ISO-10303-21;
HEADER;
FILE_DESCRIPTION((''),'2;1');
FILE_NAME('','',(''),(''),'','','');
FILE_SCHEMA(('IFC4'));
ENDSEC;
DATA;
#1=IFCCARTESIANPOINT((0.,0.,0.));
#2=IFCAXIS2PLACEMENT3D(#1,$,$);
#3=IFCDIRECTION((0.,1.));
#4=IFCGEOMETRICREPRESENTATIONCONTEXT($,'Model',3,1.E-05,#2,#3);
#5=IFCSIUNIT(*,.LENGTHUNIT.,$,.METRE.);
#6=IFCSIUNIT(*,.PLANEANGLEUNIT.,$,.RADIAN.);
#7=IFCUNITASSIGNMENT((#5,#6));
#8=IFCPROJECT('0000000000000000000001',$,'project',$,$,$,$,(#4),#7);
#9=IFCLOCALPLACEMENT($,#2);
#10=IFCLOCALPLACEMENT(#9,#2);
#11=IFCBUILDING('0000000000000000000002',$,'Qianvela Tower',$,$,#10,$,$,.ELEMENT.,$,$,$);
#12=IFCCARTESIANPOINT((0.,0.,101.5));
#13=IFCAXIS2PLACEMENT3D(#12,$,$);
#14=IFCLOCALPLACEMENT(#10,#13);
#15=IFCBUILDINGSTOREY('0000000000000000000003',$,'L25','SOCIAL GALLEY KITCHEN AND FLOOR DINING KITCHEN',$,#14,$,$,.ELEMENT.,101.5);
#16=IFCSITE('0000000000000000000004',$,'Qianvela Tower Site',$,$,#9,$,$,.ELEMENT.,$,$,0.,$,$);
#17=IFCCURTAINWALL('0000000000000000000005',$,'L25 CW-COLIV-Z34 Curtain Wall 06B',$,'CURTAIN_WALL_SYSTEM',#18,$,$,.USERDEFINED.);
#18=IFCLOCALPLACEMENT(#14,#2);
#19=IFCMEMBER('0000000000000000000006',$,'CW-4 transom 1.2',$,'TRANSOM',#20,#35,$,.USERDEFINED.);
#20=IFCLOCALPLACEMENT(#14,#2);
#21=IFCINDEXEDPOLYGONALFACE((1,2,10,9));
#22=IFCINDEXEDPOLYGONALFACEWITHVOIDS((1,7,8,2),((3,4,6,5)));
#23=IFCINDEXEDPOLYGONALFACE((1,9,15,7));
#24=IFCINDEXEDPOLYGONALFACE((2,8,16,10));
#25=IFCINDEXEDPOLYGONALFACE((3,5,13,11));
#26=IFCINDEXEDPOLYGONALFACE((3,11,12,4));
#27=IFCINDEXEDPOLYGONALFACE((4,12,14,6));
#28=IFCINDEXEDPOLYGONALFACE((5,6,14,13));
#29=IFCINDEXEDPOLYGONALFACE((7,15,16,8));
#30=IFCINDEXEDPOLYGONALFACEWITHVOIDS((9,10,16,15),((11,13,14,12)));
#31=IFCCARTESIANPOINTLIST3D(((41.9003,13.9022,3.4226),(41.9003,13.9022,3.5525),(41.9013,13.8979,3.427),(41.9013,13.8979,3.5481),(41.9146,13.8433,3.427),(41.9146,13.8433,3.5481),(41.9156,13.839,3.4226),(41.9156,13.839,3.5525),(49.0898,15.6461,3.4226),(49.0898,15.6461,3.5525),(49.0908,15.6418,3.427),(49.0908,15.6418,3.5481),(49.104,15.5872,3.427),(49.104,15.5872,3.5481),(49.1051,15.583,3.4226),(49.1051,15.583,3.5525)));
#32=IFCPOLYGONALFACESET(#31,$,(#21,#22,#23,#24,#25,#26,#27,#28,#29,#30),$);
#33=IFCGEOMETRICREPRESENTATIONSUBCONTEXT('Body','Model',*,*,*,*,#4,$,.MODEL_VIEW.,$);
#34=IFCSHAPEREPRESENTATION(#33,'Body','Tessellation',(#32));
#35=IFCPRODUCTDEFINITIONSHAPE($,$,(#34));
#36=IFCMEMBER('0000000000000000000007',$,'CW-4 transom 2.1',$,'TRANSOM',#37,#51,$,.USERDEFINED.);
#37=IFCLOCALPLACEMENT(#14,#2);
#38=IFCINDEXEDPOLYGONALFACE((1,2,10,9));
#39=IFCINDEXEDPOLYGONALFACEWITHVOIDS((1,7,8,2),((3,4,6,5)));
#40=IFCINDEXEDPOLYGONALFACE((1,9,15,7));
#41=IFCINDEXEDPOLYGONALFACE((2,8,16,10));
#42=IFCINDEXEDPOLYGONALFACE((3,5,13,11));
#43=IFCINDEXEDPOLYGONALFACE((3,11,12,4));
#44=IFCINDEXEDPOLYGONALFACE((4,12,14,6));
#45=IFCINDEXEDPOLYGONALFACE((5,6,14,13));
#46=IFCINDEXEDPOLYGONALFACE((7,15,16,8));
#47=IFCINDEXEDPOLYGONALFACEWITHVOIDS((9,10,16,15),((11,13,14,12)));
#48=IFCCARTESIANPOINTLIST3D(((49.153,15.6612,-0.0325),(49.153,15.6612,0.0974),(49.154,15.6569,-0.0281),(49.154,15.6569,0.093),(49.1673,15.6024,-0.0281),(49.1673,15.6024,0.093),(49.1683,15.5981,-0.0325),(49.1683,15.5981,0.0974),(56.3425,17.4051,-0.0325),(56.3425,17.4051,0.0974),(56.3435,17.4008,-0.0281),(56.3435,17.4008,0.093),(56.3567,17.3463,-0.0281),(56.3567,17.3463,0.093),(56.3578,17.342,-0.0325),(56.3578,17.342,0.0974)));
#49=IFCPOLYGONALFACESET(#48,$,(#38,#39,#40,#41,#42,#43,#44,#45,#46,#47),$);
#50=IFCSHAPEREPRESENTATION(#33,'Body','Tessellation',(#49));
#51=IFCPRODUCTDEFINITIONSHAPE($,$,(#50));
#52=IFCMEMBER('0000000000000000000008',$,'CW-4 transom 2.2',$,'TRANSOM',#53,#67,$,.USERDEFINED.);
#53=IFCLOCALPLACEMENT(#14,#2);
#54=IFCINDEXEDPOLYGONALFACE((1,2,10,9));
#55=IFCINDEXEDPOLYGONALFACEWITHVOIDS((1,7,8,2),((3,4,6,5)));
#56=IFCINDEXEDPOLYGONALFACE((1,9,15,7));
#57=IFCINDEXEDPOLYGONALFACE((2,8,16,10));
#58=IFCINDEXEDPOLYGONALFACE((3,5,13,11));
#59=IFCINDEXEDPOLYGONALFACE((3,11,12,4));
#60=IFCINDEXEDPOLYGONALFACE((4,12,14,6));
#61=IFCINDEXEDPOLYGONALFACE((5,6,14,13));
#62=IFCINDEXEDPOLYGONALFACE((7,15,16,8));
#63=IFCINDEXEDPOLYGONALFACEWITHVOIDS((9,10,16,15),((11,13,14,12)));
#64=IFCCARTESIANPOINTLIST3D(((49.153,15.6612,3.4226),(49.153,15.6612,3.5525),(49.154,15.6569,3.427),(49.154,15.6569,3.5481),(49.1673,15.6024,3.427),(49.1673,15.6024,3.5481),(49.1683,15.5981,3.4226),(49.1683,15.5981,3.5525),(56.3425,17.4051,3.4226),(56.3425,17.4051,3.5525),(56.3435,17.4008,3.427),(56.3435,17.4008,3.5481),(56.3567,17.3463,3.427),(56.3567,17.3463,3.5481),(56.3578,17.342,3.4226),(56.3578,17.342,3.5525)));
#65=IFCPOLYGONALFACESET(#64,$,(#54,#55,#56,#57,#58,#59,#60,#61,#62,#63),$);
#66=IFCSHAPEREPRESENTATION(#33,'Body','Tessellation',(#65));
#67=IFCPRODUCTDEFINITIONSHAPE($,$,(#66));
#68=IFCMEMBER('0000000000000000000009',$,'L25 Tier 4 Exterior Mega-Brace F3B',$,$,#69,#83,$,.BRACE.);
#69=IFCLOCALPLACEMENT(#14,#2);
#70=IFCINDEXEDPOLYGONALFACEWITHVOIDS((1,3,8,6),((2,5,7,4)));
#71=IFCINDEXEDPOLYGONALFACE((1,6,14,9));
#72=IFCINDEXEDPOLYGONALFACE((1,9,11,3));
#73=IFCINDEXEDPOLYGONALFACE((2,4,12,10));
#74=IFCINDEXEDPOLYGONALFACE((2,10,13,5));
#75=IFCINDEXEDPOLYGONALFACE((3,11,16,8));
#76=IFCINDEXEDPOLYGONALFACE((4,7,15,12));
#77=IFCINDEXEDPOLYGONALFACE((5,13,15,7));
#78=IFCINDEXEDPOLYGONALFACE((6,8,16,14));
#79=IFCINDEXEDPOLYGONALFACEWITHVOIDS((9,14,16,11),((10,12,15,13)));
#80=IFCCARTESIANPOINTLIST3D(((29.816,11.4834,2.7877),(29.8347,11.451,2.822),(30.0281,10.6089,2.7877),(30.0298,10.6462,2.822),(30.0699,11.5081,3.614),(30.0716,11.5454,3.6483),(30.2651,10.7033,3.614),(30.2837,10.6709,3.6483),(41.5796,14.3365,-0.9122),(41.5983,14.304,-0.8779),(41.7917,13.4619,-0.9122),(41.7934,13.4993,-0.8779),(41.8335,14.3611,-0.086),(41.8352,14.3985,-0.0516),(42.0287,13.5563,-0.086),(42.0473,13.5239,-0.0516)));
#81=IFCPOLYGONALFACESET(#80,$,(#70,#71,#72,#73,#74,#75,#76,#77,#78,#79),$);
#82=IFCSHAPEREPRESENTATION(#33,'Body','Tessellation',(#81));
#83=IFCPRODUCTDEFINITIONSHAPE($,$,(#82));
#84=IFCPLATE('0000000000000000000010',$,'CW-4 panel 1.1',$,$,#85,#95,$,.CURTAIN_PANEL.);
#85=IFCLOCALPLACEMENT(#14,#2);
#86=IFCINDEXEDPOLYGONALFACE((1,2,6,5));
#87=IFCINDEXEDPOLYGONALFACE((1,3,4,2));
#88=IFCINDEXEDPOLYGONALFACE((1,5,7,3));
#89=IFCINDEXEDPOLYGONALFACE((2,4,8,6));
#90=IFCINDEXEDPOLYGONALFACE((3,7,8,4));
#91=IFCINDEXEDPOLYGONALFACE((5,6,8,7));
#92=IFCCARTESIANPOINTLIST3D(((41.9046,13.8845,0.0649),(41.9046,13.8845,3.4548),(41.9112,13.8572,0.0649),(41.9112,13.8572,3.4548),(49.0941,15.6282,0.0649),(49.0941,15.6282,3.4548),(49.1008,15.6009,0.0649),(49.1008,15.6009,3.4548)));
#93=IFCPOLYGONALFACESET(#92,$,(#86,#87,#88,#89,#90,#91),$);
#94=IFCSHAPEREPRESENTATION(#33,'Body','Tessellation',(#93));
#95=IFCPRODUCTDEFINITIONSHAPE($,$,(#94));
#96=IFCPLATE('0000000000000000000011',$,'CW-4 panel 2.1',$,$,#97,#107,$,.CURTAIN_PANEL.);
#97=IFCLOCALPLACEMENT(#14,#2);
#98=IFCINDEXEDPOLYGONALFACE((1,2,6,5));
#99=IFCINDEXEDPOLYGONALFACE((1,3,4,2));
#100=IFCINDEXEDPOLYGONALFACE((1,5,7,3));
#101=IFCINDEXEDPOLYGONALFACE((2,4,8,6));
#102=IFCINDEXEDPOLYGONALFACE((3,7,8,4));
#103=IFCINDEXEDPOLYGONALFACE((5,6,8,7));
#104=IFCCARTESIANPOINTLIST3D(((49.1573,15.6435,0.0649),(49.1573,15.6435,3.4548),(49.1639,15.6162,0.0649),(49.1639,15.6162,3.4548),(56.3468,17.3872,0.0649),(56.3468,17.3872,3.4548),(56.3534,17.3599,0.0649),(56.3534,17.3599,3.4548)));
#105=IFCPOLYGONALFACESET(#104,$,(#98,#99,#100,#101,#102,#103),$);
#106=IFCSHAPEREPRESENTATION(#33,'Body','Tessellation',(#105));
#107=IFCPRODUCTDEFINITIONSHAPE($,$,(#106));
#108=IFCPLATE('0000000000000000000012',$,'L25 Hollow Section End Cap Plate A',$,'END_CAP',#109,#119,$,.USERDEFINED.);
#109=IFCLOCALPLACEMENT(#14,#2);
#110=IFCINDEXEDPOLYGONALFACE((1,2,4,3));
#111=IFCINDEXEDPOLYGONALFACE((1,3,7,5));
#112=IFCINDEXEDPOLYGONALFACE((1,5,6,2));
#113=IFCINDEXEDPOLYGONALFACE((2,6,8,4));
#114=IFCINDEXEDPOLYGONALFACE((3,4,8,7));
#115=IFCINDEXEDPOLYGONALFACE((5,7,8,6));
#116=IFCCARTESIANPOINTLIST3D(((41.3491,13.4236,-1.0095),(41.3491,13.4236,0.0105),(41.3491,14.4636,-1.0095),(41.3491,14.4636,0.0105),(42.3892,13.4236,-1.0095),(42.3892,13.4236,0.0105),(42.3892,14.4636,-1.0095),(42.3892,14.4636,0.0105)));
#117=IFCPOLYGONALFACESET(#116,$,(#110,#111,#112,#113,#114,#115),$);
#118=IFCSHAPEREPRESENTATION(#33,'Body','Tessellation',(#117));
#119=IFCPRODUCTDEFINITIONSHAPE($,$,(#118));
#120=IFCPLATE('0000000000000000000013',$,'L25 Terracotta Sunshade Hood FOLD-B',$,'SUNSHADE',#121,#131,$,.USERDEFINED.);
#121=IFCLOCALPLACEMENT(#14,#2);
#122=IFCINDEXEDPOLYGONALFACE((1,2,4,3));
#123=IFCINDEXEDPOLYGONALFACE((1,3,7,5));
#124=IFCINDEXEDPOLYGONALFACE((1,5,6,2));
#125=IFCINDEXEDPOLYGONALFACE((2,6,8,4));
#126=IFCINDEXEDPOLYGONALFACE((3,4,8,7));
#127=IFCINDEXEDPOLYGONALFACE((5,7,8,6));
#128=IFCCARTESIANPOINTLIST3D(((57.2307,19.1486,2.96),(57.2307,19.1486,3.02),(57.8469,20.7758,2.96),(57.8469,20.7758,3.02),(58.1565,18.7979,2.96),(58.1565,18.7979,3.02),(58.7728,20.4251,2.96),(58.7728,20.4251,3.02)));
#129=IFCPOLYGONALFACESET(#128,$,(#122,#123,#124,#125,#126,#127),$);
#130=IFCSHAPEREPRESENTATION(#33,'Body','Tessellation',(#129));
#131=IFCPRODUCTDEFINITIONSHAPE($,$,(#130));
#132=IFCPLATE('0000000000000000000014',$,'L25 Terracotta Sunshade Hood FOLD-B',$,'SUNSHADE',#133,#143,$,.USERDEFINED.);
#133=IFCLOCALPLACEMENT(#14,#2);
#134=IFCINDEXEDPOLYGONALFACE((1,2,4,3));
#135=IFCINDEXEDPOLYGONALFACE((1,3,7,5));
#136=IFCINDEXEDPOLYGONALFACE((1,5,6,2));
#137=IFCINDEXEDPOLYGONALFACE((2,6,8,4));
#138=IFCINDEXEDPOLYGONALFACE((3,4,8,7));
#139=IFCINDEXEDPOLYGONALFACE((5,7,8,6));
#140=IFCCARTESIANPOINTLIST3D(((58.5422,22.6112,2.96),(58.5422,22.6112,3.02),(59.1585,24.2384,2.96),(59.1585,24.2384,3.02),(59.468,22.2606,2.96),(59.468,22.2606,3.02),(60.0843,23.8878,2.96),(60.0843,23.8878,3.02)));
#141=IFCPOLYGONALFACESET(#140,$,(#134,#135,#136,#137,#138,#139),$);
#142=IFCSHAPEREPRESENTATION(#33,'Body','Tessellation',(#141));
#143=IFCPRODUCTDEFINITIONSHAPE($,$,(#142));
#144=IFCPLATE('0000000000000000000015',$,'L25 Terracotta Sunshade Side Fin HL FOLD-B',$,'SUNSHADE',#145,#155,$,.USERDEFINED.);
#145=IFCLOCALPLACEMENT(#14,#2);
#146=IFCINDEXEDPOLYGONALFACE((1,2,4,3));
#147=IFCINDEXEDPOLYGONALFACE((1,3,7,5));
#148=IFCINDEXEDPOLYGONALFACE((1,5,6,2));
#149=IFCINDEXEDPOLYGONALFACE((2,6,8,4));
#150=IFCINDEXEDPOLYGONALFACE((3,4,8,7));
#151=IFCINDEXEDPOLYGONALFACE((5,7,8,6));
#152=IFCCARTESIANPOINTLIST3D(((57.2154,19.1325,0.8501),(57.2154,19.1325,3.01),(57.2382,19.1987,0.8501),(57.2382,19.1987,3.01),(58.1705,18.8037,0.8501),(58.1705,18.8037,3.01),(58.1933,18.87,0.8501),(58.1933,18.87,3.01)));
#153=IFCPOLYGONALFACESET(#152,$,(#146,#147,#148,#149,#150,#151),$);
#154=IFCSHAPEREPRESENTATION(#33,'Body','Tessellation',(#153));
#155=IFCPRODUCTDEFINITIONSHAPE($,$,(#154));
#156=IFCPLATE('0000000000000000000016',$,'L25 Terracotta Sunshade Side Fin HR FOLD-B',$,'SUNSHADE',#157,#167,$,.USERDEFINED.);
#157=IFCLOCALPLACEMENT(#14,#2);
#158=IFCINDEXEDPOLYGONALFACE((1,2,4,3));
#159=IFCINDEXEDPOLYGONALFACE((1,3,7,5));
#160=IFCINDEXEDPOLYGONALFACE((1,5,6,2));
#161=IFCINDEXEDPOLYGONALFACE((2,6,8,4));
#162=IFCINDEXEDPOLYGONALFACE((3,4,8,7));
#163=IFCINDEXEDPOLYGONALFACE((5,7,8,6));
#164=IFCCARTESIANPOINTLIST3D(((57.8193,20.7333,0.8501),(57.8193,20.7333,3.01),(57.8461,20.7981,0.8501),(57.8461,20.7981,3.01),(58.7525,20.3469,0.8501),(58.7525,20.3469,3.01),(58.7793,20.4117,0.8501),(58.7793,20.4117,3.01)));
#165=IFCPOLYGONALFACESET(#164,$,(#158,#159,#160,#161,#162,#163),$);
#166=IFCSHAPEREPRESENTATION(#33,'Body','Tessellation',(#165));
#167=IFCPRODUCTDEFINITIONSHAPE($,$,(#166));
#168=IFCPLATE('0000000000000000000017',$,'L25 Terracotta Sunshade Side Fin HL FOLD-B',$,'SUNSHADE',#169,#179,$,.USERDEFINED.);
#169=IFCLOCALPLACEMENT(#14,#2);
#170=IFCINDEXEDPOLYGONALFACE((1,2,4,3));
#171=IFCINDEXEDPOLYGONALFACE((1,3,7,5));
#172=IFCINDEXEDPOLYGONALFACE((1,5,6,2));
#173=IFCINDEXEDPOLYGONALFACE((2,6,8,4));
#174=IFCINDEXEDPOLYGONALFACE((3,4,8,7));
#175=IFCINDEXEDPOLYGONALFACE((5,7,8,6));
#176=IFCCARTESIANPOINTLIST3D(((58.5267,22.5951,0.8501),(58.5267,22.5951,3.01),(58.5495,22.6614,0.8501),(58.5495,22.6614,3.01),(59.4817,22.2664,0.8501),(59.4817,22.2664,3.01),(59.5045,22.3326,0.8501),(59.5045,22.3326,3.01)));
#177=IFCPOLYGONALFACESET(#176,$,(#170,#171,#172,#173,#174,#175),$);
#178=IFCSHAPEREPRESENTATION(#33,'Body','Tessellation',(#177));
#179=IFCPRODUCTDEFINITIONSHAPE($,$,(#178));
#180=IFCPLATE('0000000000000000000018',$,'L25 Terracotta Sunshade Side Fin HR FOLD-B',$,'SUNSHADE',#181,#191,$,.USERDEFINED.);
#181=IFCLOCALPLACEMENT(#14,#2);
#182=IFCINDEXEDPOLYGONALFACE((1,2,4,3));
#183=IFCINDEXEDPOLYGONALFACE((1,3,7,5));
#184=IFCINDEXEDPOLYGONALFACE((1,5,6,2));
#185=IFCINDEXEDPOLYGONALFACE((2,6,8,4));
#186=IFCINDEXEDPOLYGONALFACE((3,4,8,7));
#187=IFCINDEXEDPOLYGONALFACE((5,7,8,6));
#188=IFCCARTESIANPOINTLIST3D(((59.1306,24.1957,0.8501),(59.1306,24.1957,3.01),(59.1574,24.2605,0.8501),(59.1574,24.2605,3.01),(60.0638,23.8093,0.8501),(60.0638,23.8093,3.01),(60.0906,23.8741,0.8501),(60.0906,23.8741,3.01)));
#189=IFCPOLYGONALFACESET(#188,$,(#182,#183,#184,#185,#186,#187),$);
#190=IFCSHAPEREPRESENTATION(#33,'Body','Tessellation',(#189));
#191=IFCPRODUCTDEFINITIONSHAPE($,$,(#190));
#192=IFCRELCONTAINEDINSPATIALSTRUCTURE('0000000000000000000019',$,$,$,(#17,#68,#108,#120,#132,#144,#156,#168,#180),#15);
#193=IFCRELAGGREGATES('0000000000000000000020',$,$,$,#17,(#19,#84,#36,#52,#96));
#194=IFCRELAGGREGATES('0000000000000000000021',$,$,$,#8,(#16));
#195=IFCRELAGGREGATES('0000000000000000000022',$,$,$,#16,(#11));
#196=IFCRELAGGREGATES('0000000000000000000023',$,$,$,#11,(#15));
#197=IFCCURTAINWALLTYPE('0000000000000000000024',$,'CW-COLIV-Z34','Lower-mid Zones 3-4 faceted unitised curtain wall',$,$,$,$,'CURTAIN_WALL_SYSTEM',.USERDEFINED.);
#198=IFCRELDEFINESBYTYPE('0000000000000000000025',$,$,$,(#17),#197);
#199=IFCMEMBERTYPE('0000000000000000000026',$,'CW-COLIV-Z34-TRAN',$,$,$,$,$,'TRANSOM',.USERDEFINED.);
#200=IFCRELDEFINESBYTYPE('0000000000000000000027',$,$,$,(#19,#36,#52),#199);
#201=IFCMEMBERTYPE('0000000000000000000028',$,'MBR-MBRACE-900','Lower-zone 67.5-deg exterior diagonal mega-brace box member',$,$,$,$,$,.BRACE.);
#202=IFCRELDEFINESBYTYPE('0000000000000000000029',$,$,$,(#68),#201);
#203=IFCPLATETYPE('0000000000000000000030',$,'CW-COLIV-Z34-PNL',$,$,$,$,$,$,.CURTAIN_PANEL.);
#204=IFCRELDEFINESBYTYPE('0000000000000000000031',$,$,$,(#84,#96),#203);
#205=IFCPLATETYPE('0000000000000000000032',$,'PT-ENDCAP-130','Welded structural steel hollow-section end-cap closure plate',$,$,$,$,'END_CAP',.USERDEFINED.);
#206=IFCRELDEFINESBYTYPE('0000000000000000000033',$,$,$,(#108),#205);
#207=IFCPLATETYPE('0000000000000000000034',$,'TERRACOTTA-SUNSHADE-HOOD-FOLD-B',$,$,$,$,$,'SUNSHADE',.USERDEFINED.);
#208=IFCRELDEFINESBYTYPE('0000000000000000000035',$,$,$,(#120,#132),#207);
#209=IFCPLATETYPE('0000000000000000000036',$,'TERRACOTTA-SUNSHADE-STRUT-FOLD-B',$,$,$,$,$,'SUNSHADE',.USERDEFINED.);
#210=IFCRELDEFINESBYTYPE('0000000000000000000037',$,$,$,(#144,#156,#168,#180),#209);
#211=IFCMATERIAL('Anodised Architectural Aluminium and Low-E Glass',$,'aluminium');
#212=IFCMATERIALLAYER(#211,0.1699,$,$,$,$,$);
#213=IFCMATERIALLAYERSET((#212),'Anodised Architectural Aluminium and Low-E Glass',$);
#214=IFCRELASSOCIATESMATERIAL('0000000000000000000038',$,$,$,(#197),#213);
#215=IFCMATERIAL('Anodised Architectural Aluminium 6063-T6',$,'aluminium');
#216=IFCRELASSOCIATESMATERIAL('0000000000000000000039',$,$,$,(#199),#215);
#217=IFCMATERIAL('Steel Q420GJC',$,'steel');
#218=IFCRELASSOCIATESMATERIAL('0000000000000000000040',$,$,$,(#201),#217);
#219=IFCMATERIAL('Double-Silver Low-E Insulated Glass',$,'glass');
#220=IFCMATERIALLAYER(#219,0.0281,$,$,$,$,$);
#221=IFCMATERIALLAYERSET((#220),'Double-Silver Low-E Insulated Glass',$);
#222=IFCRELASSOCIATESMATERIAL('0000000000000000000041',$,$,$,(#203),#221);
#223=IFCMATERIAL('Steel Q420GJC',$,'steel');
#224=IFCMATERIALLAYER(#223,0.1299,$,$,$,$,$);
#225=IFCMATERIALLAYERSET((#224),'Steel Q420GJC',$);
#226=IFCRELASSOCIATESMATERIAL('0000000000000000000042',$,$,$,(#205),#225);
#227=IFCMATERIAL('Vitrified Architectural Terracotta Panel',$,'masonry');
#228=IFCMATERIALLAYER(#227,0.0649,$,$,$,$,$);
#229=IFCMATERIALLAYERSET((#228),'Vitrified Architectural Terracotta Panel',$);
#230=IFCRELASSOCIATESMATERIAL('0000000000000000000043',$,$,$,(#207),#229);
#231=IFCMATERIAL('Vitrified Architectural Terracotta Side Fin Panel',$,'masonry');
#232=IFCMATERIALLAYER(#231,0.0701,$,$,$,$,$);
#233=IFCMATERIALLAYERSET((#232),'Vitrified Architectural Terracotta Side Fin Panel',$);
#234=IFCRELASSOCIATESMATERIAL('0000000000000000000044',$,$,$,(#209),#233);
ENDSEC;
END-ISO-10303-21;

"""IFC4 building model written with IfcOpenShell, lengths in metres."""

from ifc_helpers import new_model, si_unit, direction, frame, origin, origin_2d, place, context, subcontext, project, spatial, rectangle, hollow_rectangle, extrude, material, layer, layer_set, material_profile, profile_set, type_object, element, aggregate, save


model = new_model("IFC4")

# Units and contexts
model_context = context("Model", 3, precision=1e-05, world=origin(), true_north=direction((0.0, 1.0)))
body_context = subcontext(model_context, "Body", "Model", "MODEL_VIEW")
ifc_project = project(units=[si_unit("LENGTHUNIT", "METRE"), si_unit("PLANEANGLEUNIT", "RADIAN")], contexts=[model_context])

# Site, building, storey
site_placement = place(None, origin())
site = spatial("IfcSite", under=ifc_project, at=site_placement, Name="Qianvela Tower Site", CompositionType="ELEMENT", RefElevation=0.0)
building_placement = place(site_placement, origin())
building = spatial("IfcBuilding", under=site, at=building_placement, Name="Qianvela Tower", CompositionType="ELEMENT")
storey_placement = place(building_placement, frame((0.0, 0.0, 101.5)))
storey = spatial("IfcBuildingStorey", under=building, at=storey_placement, Name="L25", Description="SOCIAL GALLEY KITCHEN AND FLOOR DINING KITCHEN", CompositionType="ELEMENT", Elevation=101.5)

# Shared definitions
ifc_material_1 = material(Name="Anodised Architectural Aluminium and Low-E Glass", Category="aluminium")
ifc_layer_1 = layer(ifc_material_1, 0.1699)
ifc_layer_set_1 = layer_set([ifc_layer_1], Name="Anodised Architectural Aluminium and Low-E Glass")
curtain_wall_type_1 = type_object("IfcCurtainWallType", Name="CW-COLIV-Z34", Description="Lower-mid Zones 3-4 faceted unitised curtain wall", ElementType="CURTAIN_WALL_SYSTEM", PredefinedType="USERDEFINED", material=ifc_layer_set_1)

# Curtain wall
curtain_wall_1_placement = place(storey_placement, origin())
curtain_wall_1 = element("IfcCurtainWall", 1, at=curtain_wall_1_placement, inside=storey, type_object=curtain_wall_type_1, Name="L25 CW-COLIV-Z34 Curtain Wall 06B", ObjectType="CURTAIN_WALL_SYSTEM", PredefinedType="USERDEFINED")

# Members
ifc_material_2 = material(Name="Anodised Architectural Aluminium 6063-T6", Category="aluminium")
ifc_material_profile_1 = material_profile(ifc_material_2, hollow_rectangle(XDim=0.0649, YDim=0.1299, WallThickness=0.0044, at=origin_2d()), Name="ALU-TRAN-65x130")
ifc_profile_set_1 = profile_set([ifc_material_profile_1], Name="Anodised Architectural Aluminium 6063-T6")
member_type_1 = type_object("IfcMemberType", Name="CW-COLIV-Z34-TRAN", ElementType="TRANSOM", PredefinedType="USERDEFINED", material=ifc_profile_set_1)
member_1_placement = place(storey_placement, frame((41.908, 13.8706, 3.4875), z_axis=(0.971819, 0.235728, 0.0), x_axis=(-0.235728, 0.971819, 0.0)))
member_1 = element("IfcMember", 2, at=member_1_placement, type_object=member_type_1, Name="CW-4 transom 1.2", ObjectType="TRANSOM", PredefinedType="USERDEFINED", context=body_context, shape_type="SweptSolid", body=[
    extrude(hollow_rectangle(XDim=0.0649, YDim=0.1299, WallThickness=0.0044, at=origin_2d()), origin(), (0.0, 0.0, 1.0), 7.3979),
])
member_2_placement = place(storey_placement, frame((49.1606, 15.6296, 0.0325), z_axis=(0.971819, 0.235728, 0.0), x_axis=(-0.235728, 0.971819, 0.0)))
member_2 = element("IfcMember", 3, at=member_2_placement, type_object=member_type_1, Name="CW-4 transom 2.1", ObjectType="TRANSOM", PredefinedType="USERDEFINED", context=body_context, shape_type="SweptSolid", body=[
    extrude(hollow_rectangle(XDim=0.0649, YDim=0.1299, WallThickness=0.0044, at=origin_2d()), origin(), (0.0, 0.0, 1.0), 7.3979),
])
member_3_placement = place(storey_placement, frame((49.1606, 15.6296, 3.4875), z_axis=(0.971819, 0.235728, 0.0), x_axis=(-0.235728, 0.971819, 0.0)))
member_3 = element("IfcMember", 4, at=member_3_placement, type_object=member_type_1, Name="CW-4 transom 2.2", ObjectType="TRANSOM", PredefinedType="USERDEFINED", context=body_context, shape_type="SweptSolid", body=[
    extrude(hollow_rectangle(XDim=0.0649, YDim=0.1299, WallThickness=0.0044, at=origin_2d()), origin(), (0.0, 0.0, 1.0), 7.3979),
])
ifc_material_3 = material(Name="Steel Q420GJC", Category="steel")
ifc_material_profile_2 = material_profile(ifc_material_3, hollow_rectangle(XDim=0.8999, YDim=0.8999, WallThickness=0.0359, at=origin_2d()), Name="MBOX-900x900x36")
ifc_profile_set_2 = profile_set([ifc_material_profile_2], Name="Steel Q420GJC")
member_type_2 = type_object("IfcMemberType", Name="MBR-MBRACE-900", Description="Lower-zone 67.5-deg exterior diagonal mega-brace box member", PredefinedType="BRACE", material=ifc_profile_set_2)
member_4_placement = place(storey_placement, frame((41.8135, 13.9302, -0.4819), z_axis=(-0.92938, -0.225401, 0.292312), x_axis=(0.235696, -0.971827, 0.0)))
element("IfcMember", 5, at=member_4_placement, inside=storey, type_object=member_type_2, Name="L25 Tier 4 Exterior Mega-Brace F3B", PredefinedType="BRACE", context=body_context, shape_type="SweptSolid", body=[
    extrude(hollow_rectangle(XDim=0.8999, YDim=0.8999, WallThickness=0.0359, at=origin_2d()), origin(), (0.0, 0.0, 1.0), 12.6575),
])

# Plates
ifc_material_4 = material(Name="Double-Silver Low-E Insulated Glass", Category="glass")
ifc_layer_2 = layer(ifc_material_4, 0.0281)
ifc_layer_set_2 = layer_set([ifc_layer_2], Name="Double-Silver Low-E Insulated Glass")
plate_type_1 = type_object("IfcPlateType", Name="CW-COLIV-Z34-PNL", PredefinedType="CURTAIN_PANEL", material=ifc_layer_set_2)
plate_1_placement = place(storey_placement, frame((45.5027, 14.7427, 0.0649), z_axis=(0.0, 0.0, 1.0), x_axis=(0.971825, 0.235704, 0.0)))
plate_1 = element("IfcPlate", 6, at=plate_1_placement, type_object=plate_type_1, Name="CW-4 panel 1.1", PredefinedType="CURTAIN_PANEL", context=body_context, shape_type="SweptSolid", body=[
    extrude(rectangle(XDim=7.3979, YDim=0.0281, at=origin_2d()), origin(), (0.0, 0.0, 1.0), 3.3899),
])
plate_2_placement = place(storey_placement, frame((52.7554, 16.5017, 0.0649), z_axis=(0.0, 0.0, 1.0), x_axis=(0.971825, 0.235704, 0.0)))
plate_2 = element("IfcPlate", 7, at=plate_2_placement, type_object=plate_type_1, Name="CW-4 panel 2.1", PredefinedType="CURTAIN_PANEL", context=body_context, shape_type="SweptSolid", body=[
    extrude(rectangle(XDim=7.3979, YDim=0.0281, at=origin_2d()), origin(), (0.0, 0.0, 1.0), 3.3899),
])
aggregate(curtain_wall_1, [member_1, plate_1, member_2, member_3, plate_2])

# Plates
ifc_material_5 = material(Name="Steel Q420GJC", Category="steel")
ifc_layer_3 = layer(ifc_material_5, 0.1299)
ifc_layer_set_3 = layer_set([ifc_layer_3], Name="Steel Q420GJC")
plate_type_2 = type_object("IfcPlateType", Name="PT-ENDCAP-130", Description="Welded structural steel hollow-section end-cap closure plate", ElementType="END_CAP", PredefinedType="USERDEFINED", material=ifc_layer_set_3)
plate_3_placement = place(storey_placement, frame((41.8691, 13.9436, -1.0095), z_axis=(0.0, 0.0, 1.0), x_axis=(1.0, 0.0, 0.0)))
element("IfcPlate", 8, at=plate_3_placement, inside=storey, type_object=plate_type_2, Name="L25 Hollow Section End Cap Plate A", ObjectType="END_CAP", PredefinedType="USERDEFINED", context=body_context, shape_type="SweptSolid", body=[
    extrude(rectangle(XDim=1.04, YDim=1.04, at=origin_2d()), origin(), (0.0, 0.0, 1.0), 1.02),
])
ifc_material_6 = material(Name="Vitrified Architectural Terracotta Panel", Category="masonry")
ifc_layer_4 = layer(ifc_material_6, 0.0649)
ifc_layer_set_4 = layer_set([ifc_layer_4], Name="Vitrified Architectural Terracotta Panel")
plate_type_3 = type_object("IfcPlateType", Name="TERRACOTTA-SUNSHADE-HOOD-FOLD-B", ElementType="SUNSHADE", PredefinedType="USERDEFINED", material=ifc_layer_set_4)
for number, where, z_axis, x_axis, name in (
    (9, (58.0017, 19.7869, 2.96), (0.0, 0.0, 1.0), (0.354182, 0.935177, 0.0), "L25 Terracotta Sunshade Hood FOLD-B"),
    (10, (59.3132, 23.2495, 2.96), (0.0, 0.0, 1.0), (0.354182, 0.935177, 0.0), "L25 Terracotta Sunshade Hood FOLD-B"),
):
    element("IfcPlate", number, at=place(storey_placement, frame(where, z_axis=z_axis, x_axis=x_axis)), inside=storey, type_object=plate_type_3, Name=name, ObjectType="SUNSHADE", PredefinedType="USERDEFINED", context=body_context, shape_type="SweptSolid", body=[
        extrude(rectangle(XDim=1.74, YDim=0.99, at=origin_2d()), origin(), (0.0, 0.0, 1.0), 0.0601),
    ])
ifc_material_7 = material(Name="Vitrified Architectural Terracotta Side Fin Panel", Category="masonry")
ifc_layer_5 = layer(ifc_material_7, 0.0701)
ifc_layer_set_5 = layer_set([ifc_layer_5], Name="Vitrified Architectural Terracotta Side Fin Panel")
plate_type_4 = type_object("IfcPlateType", Name="TERRACOTTA-SUNSHADE-STRUT-FOLD-B", ElementType="SUNSHADE", PredefinedType="USERDEFINED", material=ifc_layer_set_5)
for number, where, z_axis, x_axis, name in (
    (11, (57.7043, 19.0012, 0.8501), (0.0, 0.0, 1.0), (0.325458, 0.945557, 0.0), "L25 Terracotta Sunshade Side Fin HL FOLD-B"),
    (12, (58.2993, 20.5725, 0.8501), (0.0, 0.0, 1.0), (0.382575, 0.923924, 0.0), "L25 Terracotta Sunshade Side Fin HR FOLD-B"),
    (13, (59.0156, 22.4639, 0.8501), (0.0, 0.0, 1.0), (0.325458, 0.945557, 0.0), "L25 Terracotta Sunshade Side Fin HL FOLD-B"),
    (14, (59.6106, 24.0349, 0.8501), (0.0, 0.0, 1.0), (0.382575, 0.923924, 0.0), "L25 Terracotta Sunshade Side Fin HR FOLD-B"),
):
    element("IfcPlate", number, at=place(storey_placement, frame(where, z_axis=z_axis, x_axis=x_axis)), inside=storey, type_object=plate_type_4, Name=name, ObjectType="SUNSHADE", PredefinedType="USERDEFINED", context=body_context, shape_type="SweptSolid", body=[
        extrude(rectangle(XDim=0.0701, YDim=1.01, at=origin_2d()), origin(), (0.0, 0.0, 1.0), 2.1599),
    ])

save(model, "model.ifc")
